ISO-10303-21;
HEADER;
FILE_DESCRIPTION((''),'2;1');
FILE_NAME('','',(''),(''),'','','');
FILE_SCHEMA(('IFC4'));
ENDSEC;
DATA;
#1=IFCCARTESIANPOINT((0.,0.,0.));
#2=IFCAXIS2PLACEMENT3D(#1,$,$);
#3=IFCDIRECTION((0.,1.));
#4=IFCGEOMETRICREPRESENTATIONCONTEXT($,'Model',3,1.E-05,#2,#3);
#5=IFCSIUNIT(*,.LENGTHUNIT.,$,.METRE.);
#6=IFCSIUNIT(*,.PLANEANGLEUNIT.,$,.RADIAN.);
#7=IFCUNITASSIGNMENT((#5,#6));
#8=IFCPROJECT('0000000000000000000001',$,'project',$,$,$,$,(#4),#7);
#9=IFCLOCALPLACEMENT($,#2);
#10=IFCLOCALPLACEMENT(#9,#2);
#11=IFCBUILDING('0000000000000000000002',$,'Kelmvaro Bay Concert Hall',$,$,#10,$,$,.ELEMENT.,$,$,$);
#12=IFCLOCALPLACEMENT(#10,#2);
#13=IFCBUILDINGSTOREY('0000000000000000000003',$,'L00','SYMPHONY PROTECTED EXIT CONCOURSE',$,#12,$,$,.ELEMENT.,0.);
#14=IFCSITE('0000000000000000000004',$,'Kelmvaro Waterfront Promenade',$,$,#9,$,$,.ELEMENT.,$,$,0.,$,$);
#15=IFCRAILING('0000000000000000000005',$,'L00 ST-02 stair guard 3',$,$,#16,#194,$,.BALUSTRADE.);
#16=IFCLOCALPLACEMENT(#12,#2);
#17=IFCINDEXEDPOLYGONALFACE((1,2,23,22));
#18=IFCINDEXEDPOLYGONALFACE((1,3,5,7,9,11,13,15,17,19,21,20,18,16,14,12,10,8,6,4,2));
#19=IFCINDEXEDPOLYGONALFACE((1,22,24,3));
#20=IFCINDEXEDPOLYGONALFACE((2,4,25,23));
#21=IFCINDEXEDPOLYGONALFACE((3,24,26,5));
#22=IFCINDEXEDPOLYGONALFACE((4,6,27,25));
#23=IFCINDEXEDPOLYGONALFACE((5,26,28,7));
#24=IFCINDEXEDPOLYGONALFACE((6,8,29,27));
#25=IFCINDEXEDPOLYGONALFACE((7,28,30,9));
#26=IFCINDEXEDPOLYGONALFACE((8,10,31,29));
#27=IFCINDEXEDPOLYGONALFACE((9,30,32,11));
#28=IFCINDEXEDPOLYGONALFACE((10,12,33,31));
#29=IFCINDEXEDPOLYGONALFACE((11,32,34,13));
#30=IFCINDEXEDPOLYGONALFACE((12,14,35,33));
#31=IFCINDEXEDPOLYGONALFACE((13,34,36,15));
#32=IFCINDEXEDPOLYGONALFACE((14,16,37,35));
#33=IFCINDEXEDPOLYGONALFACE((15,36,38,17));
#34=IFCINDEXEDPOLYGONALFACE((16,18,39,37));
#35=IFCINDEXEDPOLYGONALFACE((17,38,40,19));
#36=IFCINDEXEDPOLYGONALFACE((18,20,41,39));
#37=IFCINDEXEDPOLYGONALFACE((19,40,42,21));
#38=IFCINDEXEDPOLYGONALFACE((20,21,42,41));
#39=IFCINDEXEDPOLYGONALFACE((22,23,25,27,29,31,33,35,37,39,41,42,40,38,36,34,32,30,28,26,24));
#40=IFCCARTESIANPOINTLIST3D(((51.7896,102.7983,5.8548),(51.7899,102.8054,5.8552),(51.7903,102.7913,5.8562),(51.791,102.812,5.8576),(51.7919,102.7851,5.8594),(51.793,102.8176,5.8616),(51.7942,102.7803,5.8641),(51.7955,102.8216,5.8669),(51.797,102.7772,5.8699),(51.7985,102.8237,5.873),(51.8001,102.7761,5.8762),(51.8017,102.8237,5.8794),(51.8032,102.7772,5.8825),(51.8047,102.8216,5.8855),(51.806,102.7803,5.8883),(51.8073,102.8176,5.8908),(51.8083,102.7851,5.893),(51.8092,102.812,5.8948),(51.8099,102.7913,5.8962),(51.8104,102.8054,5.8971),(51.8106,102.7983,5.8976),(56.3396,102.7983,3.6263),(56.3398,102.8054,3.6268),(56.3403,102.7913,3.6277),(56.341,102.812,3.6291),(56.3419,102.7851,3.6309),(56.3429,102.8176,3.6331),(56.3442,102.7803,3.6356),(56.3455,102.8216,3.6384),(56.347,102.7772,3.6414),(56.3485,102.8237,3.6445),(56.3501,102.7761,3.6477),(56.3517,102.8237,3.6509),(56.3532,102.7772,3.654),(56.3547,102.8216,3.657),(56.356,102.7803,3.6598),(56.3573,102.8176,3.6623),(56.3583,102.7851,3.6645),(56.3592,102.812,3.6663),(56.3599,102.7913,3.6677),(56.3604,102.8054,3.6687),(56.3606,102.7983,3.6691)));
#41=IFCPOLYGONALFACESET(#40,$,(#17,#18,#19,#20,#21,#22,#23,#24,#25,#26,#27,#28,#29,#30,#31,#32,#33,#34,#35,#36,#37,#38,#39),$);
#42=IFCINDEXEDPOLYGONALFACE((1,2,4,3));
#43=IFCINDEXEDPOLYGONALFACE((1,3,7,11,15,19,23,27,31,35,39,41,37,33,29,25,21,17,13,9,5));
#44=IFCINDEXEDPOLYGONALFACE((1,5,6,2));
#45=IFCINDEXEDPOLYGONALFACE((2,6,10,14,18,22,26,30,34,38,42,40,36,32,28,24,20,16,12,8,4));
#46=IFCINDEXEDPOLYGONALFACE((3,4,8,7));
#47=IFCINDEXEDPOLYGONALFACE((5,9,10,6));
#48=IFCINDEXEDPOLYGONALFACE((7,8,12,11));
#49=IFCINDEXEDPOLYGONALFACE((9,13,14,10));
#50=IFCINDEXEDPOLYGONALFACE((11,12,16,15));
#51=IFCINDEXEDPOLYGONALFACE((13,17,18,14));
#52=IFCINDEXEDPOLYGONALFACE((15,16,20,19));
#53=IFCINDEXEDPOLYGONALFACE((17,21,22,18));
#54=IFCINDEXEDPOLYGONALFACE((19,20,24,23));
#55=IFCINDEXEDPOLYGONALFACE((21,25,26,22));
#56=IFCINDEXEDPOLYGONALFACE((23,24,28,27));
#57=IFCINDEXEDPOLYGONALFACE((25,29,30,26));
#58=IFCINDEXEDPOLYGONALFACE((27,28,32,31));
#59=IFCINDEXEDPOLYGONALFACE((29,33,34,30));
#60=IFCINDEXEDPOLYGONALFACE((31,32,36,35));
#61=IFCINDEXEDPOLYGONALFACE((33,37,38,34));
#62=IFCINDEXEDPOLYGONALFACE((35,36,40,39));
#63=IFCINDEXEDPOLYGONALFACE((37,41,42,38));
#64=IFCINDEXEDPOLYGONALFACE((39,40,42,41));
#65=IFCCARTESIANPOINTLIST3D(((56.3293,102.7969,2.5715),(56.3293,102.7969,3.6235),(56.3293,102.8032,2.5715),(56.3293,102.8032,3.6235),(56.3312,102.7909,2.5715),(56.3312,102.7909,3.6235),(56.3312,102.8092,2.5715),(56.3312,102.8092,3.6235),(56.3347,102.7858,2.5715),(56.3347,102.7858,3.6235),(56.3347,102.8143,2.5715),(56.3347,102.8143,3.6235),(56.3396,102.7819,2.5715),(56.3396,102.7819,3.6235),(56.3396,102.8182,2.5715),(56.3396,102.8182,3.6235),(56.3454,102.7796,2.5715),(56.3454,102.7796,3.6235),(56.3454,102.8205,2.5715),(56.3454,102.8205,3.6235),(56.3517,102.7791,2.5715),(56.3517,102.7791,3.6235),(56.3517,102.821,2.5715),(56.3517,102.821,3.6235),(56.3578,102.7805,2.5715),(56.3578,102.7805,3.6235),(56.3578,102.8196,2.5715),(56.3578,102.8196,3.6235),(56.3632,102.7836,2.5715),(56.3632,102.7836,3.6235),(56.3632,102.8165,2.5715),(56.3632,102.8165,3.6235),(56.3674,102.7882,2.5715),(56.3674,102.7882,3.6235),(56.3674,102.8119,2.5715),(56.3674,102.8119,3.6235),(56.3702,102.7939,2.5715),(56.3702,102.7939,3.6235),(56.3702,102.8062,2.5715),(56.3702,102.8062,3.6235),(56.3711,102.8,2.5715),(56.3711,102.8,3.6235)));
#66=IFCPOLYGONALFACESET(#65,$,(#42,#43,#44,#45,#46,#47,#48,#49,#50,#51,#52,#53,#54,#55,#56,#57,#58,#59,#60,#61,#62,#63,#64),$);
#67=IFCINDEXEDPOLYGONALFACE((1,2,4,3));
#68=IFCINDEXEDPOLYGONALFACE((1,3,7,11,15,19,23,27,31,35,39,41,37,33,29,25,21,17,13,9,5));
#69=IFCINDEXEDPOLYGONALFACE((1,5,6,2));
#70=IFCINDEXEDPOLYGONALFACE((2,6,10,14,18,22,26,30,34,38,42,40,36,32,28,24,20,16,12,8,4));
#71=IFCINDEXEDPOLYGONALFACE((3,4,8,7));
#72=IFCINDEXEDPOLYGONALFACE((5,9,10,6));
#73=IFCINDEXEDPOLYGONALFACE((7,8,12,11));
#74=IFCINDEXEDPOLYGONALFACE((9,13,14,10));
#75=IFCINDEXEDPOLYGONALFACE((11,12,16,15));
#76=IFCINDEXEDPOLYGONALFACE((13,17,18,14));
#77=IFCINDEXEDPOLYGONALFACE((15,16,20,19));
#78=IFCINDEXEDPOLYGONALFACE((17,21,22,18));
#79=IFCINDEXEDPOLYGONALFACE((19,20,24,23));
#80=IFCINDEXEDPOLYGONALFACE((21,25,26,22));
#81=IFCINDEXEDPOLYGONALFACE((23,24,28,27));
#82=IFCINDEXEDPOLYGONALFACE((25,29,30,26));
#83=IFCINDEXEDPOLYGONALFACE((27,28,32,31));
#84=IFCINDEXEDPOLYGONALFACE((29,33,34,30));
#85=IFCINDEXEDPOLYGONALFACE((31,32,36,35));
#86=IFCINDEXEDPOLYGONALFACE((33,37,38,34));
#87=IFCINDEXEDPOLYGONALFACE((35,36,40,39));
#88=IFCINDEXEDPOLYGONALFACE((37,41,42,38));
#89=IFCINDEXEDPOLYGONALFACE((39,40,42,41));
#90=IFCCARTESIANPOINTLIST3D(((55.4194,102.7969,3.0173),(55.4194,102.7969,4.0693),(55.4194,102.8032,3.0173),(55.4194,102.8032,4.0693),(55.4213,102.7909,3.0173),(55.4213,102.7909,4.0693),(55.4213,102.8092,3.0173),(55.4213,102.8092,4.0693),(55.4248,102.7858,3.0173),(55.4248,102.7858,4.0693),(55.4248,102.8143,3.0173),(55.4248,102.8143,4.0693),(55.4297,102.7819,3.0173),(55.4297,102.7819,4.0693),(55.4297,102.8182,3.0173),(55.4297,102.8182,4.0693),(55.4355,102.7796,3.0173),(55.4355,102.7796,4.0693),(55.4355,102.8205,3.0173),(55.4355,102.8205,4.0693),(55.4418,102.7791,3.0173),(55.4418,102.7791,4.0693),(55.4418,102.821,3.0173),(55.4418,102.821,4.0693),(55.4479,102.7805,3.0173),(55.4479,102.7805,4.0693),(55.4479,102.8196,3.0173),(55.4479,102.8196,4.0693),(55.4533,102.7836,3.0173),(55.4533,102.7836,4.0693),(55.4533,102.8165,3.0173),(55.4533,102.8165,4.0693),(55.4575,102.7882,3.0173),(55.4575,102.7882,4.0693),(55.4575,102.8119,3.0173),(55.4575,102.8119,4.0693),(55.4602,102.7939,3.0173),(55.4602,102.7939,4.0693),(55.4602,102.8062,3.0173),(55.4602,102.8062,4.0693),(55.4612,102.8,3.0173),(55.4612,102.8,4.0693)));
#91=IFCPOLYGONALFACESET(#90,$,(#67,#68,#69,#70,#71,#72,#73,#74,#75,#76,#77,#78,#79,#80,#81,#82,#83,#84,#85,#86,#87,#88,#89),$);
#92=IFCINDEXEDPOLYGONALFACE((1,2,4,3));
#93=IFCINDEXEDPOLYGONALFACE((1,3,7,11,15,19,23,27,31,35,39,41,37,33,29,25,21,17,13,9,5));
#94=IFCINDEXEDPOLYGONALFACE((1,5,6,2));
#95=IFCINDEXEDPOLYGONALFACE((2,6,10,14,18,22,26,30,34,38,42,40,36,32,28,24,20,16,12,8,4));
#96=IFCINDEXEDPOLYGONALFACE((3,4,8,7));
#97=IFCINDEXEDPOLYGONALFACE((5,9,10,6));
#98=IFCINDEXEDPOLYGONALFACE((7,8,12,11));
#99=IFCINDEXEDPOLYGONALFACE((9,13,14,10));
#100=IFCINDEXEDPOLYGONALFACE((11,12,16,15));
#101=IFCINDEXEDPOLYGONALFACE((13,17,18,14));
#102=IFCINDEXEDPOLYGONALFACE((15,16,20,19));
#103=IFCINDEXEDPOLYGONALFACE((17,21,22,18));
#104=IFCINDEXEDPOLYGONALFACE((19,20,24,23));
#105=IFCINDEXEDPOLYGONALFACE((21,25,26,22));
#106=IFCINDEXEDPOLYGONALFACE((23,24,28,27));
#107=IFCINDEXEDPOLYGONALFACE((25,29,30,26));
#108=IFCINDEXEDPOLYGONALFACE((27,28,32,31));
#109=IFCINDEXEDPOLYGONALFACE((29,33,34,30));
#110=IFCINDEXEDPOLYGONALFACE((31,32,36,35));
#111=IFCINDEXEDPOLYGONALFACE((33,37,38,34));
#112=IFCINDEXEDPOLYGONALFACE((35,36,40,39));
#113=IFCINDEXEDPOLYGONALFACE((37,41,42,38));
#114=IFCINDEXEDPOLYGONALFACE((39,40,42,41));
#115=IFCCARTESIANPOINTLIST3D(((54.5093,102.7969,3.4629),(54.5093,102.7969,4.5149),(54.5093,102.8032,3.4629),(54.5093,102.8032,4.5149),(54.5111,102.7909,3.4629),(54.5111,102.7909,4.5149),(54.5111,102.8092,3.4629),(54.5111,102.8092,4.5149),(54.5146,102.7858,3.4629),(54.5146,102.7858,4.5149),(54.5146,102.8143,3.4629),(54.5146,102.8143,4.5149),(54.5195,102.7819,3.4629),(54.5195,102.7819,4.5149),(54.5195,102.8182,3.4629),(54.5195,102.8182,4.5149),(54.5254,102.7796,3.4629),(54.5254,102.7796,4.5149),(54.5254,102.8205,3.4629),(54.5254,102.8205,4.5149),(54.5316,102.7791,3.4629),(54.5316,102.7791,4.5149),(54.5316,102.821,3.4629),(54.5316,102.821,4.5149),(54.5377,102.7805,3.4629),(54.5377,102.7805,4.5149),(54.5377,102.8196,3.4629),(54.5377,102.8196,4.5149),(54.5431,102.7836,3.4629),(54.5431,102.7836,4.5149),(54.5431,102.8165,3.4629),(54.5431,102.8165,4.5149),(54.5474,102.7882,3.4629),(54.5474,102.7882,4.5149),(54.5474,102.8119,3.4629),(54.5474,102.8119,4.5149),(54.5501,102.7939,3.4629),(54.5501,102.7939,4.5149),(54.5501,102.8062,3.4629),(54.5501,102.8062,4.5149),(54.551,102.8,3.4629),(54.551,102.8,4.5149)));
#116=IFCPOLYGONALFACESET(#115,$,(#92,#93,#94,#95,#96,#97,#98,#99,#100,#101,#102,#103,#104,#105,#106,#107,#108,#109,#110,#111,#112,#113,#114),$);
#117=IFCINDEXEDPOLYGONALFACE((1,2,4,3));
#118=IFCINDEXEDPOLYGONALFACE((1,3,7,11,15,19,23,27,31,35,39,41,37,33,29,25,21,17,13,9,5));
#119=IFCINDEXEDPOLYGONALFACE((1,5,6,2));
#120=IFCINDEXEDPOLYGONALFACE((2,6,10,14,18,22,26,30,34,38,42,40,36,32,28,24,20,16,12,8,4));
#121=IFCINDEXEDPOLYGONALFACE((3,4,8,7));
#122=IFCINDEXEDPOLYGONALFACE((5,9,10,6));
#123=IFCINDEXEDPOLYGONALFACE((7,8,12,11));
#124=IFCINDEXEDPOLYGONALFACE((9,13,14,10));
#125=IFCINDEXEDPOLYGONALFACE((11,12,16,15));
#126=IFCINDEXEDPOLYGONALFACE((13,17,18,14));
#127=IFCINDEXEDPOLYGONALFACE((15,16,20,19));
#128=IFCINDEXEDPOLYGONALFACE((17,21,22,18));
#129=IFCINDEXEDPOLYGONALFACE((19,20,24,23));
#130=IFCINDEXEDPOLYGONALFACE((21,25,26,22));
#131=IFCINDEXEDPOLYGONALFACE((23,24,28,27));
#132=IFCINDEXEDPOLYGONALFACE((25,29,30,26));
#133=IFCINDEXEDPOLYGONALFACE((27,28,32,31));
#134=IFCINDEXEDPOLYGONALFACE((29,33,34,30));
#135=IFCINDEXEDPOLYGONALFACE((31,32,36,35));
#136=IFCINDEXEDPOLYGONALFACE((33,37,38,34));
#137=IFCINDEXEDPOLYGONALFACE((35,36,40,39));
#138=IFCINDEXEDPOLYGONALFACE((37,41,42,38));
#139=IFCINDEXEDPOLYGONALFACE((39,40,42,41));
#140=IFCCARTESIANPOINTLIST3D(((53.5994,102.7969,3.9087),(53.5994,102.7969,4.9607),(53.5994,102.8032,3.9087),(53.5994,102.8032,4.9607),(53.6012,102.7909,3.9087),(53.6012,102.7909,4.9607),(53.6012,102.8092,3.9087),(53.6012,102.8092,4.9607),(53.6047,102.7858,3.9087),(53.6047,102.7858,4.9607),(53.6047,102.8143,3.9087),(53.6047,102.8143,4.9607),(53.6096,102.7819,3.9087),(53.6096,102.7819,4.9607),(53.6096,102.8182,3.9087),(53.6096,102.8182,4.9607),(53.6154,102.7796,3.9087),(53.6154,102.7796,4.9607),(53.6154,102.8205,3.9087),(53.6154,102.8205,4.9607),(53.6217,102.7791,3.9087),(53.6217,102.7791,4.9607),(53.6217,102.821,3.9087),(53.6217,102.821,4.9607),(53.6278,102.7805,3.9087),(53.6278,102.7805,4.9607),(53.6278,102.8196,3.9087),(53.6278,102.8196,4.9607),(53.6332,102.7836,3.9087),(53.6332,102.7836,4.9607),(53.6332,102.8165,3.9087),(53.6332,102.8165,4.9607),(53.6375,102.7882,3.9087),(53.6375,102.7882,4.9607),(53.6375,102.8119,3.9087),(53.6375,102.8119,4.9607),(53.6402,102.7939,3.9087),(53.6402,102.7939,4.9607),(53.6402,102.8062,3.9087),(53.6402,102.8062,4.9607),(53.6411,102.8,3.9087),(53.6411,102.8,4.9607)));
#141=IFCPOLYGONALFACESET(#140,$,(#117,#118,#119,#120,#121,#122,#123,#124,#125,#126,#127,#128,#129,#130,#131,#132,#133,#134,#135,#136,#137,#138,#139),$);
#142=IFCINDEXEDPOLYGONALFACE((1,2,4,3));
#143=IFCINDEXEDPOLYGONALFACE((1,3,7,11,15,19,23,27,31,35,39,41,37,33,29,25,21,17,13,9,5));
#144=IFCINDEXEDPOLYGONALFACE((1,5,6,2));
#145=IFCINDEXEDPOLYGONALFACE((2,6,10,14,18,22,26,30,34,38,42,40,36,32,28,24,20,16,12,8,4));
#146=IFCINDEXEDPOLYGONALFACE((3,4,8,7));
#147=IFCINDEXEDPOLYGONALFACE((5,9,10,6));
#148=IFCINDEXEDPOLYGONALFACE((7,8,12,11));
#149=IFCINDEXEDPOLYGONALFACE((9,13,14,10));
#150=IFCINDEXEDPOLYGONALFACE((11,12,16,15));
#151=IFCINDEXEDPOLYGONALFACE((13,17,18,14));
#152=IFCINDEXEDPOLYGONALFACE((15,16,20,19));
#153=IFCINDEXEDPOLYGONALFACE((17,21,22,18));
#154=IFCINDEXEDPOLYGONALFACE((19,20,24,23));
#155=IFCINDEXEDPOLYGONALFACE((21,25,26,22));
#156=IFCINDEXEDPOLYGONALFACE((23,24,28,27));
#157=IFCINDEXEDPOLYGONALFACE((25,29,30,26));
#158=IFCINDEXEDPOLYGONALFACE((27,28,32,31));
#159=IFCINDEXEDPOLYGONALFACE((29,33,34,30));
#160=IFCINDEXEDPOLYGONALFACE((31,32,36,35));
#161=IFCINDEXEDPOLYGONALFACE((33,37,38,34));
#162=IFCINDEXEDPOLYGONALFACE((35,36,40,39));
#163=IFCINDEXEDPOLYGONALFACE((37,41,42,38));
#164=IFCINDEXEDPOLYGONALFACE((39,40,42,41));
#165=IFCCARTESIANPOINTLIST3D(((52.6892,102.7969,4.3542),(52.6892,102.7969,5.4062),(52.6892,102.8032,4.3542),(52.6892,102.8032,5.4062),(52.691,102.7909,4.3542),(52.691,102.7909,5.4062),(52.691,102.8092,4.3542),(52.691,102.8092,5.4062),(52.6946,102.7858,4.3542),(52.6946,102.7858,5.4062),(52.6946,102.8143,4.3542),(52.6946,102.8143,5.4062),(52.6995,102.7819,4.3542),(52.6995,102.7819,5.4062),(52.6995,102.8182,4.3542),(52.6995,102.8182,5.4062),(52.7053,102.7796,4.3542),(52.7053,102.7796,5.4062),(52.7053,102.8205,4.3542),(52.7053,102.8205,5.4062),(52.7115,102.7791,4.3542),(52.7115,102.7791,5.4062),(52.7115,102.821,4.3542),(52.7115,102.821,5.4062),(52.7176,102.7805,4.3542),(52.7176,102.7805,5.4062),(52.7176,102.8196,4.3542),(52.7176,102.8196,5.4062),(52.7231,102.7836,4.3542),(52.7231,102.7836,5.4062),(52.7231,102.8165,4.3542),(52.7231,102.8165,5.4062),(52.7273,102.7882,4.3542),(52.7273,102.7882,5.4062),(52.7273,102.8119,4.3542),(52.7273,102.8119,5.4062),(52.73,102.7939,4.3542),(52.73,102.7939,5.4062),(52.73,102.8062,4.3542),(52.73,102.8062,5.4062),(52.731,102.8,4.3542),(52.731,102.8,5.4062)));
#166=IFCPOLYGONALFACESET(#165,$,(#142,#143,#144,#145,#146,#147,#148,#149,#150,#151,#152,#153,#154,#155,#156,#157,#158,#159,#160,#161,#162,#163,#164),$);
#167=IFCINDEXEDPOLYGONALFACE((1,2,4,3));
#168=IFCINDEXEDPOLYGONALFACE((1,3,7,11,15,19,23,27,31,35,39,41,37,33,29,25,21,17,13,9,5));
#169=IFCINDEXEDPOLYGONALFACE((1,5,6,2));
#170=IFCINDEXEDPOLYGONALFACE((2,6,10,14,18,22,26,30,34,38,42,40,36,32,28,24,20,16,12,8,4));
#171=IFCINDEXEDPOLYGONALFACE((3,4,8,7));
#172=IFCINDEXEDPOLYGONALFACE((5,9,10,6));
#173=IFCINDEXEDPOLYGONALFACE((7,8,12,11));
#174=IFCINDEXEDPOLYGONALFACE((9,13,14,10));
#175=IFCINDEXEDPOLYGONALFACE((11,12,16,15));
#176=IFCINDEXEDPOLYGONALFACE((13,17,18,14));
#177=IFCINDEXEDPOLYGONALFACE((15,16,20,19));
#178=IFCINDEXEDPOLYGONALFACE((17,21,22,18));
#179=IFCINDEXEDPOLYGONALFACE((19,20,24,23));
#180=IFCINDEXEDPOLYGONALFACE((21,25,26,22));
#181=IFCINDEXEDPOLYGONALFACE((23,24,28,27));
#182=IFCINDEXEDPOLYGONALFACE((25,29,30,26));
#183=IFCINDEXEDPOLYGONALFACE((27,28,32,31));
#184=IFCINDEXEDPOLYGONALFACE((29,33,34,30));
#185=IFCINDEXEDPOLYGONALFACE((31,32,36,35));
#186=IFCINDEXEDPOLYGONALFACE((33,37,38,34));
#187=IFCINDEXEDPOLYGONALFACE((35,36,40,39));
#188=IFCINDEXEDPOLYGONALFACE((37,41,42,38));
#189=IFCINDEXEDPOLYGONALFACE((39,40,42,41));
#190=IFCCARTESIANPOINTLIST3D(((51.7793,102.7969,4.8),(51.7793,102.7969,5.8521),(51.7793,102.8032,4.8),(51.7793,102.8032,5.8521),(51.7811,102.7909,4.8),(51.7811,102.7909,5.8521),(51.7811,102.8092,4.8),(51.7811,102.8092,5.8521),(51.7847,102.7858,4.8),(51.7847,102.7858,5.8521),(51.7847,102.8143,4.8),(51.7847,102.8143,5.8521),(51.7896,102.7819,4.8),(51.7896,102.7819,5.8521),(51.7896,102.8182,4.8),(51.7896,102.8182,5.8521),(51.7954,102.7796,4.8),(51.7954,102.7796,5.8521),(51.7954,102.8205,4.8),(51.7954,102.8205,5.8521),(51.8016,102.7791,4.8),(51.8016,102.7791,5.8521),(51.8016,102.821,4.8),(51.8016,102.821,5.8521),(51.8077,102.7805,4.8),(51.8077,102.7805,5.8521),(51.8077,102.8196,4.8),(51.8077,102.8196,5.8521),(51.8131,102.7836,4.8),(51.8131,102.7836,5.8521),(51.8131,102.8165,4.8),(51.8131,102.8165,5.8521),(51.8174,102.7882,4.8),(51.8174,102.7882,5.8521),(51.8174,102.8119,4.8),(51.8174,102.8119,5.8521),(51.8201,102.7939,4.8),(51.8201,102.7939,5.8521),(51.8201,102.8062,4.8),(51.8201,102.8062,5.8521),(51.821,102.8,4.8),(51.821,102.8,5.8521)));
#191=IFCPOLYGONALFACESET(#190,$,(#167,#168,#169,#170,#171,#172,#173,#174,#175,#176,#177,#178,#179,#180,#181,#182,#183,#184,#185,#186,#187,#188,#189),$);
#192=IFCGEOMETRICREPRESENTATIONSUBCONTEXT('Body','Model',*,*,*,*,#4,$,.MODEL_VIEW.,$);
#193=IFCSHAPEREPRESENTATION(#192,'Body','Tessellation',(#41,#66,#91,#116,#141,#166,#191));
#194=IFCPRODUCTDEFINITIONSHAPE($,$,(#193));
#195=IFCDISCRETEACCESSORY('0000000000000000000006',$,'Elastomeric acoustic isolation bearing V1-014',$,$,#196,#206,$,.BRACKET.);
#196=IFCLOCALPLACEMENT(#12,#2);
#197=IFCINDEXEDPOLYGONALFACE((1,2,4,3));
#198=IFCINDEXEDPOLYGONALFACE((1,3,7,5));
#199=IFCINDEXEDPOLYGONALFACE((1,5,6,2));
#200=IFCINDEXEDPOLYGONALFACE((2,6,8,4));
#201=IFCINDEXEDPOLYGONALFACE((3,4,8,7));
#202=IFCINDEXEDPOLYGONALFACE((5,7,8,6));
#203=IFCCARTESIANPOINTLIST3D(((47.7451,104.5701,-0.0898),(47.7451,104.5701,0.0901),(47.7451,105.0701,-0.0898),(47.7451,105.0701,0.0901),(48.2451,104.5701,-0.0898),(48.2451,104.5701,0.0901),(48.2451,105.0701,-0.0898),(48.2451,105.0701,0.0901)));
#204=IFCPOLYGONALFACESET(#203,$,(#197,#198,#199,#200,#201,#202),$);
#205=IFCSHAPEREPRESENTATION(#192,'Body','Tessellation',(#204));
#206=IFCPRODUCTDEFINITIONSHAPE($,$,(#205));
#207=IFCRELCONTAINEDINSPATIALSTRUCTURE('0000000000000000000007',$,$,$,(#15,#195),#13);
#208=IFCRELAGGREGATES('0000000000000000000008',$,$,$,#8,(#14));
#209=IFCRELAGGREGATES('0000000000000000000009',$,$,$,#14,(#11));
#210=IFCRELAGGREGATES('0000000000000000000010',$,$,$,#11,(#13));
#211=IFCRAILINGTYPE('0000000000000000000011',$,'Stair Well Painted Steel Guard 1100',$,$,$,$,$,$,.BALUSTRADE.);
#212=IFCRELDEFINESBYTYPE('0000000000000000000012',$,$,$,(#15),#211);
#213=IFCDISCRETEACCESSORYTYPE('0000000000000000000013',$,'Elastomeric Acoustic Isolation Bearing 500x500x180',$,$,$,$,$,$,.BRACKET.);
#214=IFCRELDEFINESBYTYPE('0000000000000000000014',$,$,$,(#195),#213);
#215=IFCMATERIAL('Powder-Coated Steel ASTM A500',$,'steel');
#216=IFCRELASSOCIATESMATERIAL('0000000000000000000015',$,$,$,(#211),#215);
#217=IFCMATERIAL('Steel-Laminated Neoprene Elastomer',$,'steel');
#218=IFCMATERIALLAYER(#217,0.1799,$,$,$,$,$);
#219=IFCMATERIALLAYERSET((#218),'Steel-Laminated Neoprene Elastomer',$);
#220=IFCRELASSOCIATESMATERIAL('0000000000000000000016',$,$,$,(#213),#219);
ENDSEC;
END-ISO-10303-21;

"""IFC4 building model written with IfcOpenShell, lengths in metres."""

from ifc_helpers import new_model, si_unit, direction, frame, origin, origin_2d, place, context, subcontext, project, spatial, rectangle, circle, extrude, material, layer, layer_set, type_object, element, save


model = new_model("IFC4")

# Units and contexts
model_context = context("Model", 3, precision=1e-05, world=origin(), true_north=direction((0.0, 1.0)))
body_context = subcontext(model_context, "Body", "Model", "MODEL_VIEW")
ifc_project = project(units=[si_unit("LENGTHUNIT", "METRE"), si_unit("PLANEANGLEUNIT", "RADIAN")], contexts=[model_context])

# Site, building, storey
site_placement = place(None, origin())
site = spatial("IfcSite", under=ifc_project, at=site_placement, Name="Kelmvaro Waterfront Promenade", CompositionType="ELEMENT", RefElevation=0.0)
building_placement = place(site_placement, origin())
building = spatial("IfcBuilding", under=site, at=building_placement, Name="Kelmvaro Bay Concert Hall", CompositionType="ELEMENT")
storey_placement = place(building_placement, origin())
storey = spatial("IfcBuildingStorey", under=building, at=storey_placement, Name="L00", Description="SYMPHONY PROTECTED EXIT CONCOURSE", CompositionType="ELEMENT", Elevation=0.0)

# Railing
ifc_material_1 = material(Name="Powder-Coated Steel ASTM A500", Category="steel")
railing_type_1 = type_object("IfcRailingType", Name="Stair Well Painted Steel Guard 1100", PredefinedType="BALUSTRADE", material=ifc_material_1)
railing_1_placement = place(storey_placement, frame((56.3501, 102.8, 2.5715)))
element("IfcRailing", 1, at=railing_1_placement, inside=storey, type_object=railing_type_1, Name="L00 ST-02 stair guard 3", PredefinedType="BALUSTRADE", context=body_context, shape_type="SweptSolid", body=[
    extrude(circle(Radius=0.0239, at=origin_2d()), frame((0.0, 0.0, 1.0762), z_axis=(-0.898069, 0.0, 0.439855), x_axis=(0.0, -1.0, 0.0)), (0.0, 0.0, 1.0), 5.0664),
    extrude(circle(Radius=0.021, at=origin_2d()), origin(), (0.0, 0.0, 1.0), 1.052),
    extrude(circle(Radius=0.021, at=origin_2d()), frame((-0.9099, 0.0, 0.4458)), (0.0, 0.0, 1.0), 1.052),
    extrude(circle(Radius=0.021, at=origin_2d()), frame((-1.8201, 0.0, 0.8914)), (0.0, 0.0, 1.0), 1.052),
    extrude(circle(Radius=0.021, at=origin_2d()), frame((-2.73, 0.0, 1.3372)), (0.0, 0.0, 1.0), 1.052),
    extrude(circle(Radius=0.021, at=origin_2d()), frame((-3.6401, 0.0, 1.7827)), (0.0, 0.0, 1.0), 1.052),
    extrude(circle(Radius=0.021, at=origin_2d()), frame((-4.55, 0.0, 2.2285)), (0.0, 0.0, 1.0), 1.052),
])

# Discrete accessory
ifc_material_2 = material(Name="Steel-Laminated Neoprene Elastomer", Category="steel")
ifc_layer_1 = layer(ifc_material_2, 0.1799)
ifc_layer_set_1 = layer_set([ifc_layer_1], Name="Steel-Laminated Neoprene Elastomer")
discrete_accessory_type = type_object("IfcDiscreteAccessoryType", Name="Elastomeric Acoustic Isolation Bearing 500x500x180", PredefinedType="BRACKET", material=ifc_layer_set_1)
for number, where, z_axis, x_axis, name in (
    (2, (47.9951, 104.8201, -0.0898), (0.0, 0.0, 1.0), (1.0, 0.0, 0.0), "Elastomeric acoustic isolation bearing V1-014"),
):
    element("IfcDiscreteAccessory", number, at=place(storey_placement, frame(where, z_axis=z_axis, x_axis=x_axis)), inside=storey, type_object=discrete_accessory_type, Name=name, PredefinedType="BRACKET", context=body_context, shape_type="SweptSolid", body=[
        extrude(rectangle(XDim=0.5, YDim=0.5, at=origin_2d()), origin(), (0.0, 0.0, 1.0), 0.1799),
    ])

save(model, "model.ifc")
